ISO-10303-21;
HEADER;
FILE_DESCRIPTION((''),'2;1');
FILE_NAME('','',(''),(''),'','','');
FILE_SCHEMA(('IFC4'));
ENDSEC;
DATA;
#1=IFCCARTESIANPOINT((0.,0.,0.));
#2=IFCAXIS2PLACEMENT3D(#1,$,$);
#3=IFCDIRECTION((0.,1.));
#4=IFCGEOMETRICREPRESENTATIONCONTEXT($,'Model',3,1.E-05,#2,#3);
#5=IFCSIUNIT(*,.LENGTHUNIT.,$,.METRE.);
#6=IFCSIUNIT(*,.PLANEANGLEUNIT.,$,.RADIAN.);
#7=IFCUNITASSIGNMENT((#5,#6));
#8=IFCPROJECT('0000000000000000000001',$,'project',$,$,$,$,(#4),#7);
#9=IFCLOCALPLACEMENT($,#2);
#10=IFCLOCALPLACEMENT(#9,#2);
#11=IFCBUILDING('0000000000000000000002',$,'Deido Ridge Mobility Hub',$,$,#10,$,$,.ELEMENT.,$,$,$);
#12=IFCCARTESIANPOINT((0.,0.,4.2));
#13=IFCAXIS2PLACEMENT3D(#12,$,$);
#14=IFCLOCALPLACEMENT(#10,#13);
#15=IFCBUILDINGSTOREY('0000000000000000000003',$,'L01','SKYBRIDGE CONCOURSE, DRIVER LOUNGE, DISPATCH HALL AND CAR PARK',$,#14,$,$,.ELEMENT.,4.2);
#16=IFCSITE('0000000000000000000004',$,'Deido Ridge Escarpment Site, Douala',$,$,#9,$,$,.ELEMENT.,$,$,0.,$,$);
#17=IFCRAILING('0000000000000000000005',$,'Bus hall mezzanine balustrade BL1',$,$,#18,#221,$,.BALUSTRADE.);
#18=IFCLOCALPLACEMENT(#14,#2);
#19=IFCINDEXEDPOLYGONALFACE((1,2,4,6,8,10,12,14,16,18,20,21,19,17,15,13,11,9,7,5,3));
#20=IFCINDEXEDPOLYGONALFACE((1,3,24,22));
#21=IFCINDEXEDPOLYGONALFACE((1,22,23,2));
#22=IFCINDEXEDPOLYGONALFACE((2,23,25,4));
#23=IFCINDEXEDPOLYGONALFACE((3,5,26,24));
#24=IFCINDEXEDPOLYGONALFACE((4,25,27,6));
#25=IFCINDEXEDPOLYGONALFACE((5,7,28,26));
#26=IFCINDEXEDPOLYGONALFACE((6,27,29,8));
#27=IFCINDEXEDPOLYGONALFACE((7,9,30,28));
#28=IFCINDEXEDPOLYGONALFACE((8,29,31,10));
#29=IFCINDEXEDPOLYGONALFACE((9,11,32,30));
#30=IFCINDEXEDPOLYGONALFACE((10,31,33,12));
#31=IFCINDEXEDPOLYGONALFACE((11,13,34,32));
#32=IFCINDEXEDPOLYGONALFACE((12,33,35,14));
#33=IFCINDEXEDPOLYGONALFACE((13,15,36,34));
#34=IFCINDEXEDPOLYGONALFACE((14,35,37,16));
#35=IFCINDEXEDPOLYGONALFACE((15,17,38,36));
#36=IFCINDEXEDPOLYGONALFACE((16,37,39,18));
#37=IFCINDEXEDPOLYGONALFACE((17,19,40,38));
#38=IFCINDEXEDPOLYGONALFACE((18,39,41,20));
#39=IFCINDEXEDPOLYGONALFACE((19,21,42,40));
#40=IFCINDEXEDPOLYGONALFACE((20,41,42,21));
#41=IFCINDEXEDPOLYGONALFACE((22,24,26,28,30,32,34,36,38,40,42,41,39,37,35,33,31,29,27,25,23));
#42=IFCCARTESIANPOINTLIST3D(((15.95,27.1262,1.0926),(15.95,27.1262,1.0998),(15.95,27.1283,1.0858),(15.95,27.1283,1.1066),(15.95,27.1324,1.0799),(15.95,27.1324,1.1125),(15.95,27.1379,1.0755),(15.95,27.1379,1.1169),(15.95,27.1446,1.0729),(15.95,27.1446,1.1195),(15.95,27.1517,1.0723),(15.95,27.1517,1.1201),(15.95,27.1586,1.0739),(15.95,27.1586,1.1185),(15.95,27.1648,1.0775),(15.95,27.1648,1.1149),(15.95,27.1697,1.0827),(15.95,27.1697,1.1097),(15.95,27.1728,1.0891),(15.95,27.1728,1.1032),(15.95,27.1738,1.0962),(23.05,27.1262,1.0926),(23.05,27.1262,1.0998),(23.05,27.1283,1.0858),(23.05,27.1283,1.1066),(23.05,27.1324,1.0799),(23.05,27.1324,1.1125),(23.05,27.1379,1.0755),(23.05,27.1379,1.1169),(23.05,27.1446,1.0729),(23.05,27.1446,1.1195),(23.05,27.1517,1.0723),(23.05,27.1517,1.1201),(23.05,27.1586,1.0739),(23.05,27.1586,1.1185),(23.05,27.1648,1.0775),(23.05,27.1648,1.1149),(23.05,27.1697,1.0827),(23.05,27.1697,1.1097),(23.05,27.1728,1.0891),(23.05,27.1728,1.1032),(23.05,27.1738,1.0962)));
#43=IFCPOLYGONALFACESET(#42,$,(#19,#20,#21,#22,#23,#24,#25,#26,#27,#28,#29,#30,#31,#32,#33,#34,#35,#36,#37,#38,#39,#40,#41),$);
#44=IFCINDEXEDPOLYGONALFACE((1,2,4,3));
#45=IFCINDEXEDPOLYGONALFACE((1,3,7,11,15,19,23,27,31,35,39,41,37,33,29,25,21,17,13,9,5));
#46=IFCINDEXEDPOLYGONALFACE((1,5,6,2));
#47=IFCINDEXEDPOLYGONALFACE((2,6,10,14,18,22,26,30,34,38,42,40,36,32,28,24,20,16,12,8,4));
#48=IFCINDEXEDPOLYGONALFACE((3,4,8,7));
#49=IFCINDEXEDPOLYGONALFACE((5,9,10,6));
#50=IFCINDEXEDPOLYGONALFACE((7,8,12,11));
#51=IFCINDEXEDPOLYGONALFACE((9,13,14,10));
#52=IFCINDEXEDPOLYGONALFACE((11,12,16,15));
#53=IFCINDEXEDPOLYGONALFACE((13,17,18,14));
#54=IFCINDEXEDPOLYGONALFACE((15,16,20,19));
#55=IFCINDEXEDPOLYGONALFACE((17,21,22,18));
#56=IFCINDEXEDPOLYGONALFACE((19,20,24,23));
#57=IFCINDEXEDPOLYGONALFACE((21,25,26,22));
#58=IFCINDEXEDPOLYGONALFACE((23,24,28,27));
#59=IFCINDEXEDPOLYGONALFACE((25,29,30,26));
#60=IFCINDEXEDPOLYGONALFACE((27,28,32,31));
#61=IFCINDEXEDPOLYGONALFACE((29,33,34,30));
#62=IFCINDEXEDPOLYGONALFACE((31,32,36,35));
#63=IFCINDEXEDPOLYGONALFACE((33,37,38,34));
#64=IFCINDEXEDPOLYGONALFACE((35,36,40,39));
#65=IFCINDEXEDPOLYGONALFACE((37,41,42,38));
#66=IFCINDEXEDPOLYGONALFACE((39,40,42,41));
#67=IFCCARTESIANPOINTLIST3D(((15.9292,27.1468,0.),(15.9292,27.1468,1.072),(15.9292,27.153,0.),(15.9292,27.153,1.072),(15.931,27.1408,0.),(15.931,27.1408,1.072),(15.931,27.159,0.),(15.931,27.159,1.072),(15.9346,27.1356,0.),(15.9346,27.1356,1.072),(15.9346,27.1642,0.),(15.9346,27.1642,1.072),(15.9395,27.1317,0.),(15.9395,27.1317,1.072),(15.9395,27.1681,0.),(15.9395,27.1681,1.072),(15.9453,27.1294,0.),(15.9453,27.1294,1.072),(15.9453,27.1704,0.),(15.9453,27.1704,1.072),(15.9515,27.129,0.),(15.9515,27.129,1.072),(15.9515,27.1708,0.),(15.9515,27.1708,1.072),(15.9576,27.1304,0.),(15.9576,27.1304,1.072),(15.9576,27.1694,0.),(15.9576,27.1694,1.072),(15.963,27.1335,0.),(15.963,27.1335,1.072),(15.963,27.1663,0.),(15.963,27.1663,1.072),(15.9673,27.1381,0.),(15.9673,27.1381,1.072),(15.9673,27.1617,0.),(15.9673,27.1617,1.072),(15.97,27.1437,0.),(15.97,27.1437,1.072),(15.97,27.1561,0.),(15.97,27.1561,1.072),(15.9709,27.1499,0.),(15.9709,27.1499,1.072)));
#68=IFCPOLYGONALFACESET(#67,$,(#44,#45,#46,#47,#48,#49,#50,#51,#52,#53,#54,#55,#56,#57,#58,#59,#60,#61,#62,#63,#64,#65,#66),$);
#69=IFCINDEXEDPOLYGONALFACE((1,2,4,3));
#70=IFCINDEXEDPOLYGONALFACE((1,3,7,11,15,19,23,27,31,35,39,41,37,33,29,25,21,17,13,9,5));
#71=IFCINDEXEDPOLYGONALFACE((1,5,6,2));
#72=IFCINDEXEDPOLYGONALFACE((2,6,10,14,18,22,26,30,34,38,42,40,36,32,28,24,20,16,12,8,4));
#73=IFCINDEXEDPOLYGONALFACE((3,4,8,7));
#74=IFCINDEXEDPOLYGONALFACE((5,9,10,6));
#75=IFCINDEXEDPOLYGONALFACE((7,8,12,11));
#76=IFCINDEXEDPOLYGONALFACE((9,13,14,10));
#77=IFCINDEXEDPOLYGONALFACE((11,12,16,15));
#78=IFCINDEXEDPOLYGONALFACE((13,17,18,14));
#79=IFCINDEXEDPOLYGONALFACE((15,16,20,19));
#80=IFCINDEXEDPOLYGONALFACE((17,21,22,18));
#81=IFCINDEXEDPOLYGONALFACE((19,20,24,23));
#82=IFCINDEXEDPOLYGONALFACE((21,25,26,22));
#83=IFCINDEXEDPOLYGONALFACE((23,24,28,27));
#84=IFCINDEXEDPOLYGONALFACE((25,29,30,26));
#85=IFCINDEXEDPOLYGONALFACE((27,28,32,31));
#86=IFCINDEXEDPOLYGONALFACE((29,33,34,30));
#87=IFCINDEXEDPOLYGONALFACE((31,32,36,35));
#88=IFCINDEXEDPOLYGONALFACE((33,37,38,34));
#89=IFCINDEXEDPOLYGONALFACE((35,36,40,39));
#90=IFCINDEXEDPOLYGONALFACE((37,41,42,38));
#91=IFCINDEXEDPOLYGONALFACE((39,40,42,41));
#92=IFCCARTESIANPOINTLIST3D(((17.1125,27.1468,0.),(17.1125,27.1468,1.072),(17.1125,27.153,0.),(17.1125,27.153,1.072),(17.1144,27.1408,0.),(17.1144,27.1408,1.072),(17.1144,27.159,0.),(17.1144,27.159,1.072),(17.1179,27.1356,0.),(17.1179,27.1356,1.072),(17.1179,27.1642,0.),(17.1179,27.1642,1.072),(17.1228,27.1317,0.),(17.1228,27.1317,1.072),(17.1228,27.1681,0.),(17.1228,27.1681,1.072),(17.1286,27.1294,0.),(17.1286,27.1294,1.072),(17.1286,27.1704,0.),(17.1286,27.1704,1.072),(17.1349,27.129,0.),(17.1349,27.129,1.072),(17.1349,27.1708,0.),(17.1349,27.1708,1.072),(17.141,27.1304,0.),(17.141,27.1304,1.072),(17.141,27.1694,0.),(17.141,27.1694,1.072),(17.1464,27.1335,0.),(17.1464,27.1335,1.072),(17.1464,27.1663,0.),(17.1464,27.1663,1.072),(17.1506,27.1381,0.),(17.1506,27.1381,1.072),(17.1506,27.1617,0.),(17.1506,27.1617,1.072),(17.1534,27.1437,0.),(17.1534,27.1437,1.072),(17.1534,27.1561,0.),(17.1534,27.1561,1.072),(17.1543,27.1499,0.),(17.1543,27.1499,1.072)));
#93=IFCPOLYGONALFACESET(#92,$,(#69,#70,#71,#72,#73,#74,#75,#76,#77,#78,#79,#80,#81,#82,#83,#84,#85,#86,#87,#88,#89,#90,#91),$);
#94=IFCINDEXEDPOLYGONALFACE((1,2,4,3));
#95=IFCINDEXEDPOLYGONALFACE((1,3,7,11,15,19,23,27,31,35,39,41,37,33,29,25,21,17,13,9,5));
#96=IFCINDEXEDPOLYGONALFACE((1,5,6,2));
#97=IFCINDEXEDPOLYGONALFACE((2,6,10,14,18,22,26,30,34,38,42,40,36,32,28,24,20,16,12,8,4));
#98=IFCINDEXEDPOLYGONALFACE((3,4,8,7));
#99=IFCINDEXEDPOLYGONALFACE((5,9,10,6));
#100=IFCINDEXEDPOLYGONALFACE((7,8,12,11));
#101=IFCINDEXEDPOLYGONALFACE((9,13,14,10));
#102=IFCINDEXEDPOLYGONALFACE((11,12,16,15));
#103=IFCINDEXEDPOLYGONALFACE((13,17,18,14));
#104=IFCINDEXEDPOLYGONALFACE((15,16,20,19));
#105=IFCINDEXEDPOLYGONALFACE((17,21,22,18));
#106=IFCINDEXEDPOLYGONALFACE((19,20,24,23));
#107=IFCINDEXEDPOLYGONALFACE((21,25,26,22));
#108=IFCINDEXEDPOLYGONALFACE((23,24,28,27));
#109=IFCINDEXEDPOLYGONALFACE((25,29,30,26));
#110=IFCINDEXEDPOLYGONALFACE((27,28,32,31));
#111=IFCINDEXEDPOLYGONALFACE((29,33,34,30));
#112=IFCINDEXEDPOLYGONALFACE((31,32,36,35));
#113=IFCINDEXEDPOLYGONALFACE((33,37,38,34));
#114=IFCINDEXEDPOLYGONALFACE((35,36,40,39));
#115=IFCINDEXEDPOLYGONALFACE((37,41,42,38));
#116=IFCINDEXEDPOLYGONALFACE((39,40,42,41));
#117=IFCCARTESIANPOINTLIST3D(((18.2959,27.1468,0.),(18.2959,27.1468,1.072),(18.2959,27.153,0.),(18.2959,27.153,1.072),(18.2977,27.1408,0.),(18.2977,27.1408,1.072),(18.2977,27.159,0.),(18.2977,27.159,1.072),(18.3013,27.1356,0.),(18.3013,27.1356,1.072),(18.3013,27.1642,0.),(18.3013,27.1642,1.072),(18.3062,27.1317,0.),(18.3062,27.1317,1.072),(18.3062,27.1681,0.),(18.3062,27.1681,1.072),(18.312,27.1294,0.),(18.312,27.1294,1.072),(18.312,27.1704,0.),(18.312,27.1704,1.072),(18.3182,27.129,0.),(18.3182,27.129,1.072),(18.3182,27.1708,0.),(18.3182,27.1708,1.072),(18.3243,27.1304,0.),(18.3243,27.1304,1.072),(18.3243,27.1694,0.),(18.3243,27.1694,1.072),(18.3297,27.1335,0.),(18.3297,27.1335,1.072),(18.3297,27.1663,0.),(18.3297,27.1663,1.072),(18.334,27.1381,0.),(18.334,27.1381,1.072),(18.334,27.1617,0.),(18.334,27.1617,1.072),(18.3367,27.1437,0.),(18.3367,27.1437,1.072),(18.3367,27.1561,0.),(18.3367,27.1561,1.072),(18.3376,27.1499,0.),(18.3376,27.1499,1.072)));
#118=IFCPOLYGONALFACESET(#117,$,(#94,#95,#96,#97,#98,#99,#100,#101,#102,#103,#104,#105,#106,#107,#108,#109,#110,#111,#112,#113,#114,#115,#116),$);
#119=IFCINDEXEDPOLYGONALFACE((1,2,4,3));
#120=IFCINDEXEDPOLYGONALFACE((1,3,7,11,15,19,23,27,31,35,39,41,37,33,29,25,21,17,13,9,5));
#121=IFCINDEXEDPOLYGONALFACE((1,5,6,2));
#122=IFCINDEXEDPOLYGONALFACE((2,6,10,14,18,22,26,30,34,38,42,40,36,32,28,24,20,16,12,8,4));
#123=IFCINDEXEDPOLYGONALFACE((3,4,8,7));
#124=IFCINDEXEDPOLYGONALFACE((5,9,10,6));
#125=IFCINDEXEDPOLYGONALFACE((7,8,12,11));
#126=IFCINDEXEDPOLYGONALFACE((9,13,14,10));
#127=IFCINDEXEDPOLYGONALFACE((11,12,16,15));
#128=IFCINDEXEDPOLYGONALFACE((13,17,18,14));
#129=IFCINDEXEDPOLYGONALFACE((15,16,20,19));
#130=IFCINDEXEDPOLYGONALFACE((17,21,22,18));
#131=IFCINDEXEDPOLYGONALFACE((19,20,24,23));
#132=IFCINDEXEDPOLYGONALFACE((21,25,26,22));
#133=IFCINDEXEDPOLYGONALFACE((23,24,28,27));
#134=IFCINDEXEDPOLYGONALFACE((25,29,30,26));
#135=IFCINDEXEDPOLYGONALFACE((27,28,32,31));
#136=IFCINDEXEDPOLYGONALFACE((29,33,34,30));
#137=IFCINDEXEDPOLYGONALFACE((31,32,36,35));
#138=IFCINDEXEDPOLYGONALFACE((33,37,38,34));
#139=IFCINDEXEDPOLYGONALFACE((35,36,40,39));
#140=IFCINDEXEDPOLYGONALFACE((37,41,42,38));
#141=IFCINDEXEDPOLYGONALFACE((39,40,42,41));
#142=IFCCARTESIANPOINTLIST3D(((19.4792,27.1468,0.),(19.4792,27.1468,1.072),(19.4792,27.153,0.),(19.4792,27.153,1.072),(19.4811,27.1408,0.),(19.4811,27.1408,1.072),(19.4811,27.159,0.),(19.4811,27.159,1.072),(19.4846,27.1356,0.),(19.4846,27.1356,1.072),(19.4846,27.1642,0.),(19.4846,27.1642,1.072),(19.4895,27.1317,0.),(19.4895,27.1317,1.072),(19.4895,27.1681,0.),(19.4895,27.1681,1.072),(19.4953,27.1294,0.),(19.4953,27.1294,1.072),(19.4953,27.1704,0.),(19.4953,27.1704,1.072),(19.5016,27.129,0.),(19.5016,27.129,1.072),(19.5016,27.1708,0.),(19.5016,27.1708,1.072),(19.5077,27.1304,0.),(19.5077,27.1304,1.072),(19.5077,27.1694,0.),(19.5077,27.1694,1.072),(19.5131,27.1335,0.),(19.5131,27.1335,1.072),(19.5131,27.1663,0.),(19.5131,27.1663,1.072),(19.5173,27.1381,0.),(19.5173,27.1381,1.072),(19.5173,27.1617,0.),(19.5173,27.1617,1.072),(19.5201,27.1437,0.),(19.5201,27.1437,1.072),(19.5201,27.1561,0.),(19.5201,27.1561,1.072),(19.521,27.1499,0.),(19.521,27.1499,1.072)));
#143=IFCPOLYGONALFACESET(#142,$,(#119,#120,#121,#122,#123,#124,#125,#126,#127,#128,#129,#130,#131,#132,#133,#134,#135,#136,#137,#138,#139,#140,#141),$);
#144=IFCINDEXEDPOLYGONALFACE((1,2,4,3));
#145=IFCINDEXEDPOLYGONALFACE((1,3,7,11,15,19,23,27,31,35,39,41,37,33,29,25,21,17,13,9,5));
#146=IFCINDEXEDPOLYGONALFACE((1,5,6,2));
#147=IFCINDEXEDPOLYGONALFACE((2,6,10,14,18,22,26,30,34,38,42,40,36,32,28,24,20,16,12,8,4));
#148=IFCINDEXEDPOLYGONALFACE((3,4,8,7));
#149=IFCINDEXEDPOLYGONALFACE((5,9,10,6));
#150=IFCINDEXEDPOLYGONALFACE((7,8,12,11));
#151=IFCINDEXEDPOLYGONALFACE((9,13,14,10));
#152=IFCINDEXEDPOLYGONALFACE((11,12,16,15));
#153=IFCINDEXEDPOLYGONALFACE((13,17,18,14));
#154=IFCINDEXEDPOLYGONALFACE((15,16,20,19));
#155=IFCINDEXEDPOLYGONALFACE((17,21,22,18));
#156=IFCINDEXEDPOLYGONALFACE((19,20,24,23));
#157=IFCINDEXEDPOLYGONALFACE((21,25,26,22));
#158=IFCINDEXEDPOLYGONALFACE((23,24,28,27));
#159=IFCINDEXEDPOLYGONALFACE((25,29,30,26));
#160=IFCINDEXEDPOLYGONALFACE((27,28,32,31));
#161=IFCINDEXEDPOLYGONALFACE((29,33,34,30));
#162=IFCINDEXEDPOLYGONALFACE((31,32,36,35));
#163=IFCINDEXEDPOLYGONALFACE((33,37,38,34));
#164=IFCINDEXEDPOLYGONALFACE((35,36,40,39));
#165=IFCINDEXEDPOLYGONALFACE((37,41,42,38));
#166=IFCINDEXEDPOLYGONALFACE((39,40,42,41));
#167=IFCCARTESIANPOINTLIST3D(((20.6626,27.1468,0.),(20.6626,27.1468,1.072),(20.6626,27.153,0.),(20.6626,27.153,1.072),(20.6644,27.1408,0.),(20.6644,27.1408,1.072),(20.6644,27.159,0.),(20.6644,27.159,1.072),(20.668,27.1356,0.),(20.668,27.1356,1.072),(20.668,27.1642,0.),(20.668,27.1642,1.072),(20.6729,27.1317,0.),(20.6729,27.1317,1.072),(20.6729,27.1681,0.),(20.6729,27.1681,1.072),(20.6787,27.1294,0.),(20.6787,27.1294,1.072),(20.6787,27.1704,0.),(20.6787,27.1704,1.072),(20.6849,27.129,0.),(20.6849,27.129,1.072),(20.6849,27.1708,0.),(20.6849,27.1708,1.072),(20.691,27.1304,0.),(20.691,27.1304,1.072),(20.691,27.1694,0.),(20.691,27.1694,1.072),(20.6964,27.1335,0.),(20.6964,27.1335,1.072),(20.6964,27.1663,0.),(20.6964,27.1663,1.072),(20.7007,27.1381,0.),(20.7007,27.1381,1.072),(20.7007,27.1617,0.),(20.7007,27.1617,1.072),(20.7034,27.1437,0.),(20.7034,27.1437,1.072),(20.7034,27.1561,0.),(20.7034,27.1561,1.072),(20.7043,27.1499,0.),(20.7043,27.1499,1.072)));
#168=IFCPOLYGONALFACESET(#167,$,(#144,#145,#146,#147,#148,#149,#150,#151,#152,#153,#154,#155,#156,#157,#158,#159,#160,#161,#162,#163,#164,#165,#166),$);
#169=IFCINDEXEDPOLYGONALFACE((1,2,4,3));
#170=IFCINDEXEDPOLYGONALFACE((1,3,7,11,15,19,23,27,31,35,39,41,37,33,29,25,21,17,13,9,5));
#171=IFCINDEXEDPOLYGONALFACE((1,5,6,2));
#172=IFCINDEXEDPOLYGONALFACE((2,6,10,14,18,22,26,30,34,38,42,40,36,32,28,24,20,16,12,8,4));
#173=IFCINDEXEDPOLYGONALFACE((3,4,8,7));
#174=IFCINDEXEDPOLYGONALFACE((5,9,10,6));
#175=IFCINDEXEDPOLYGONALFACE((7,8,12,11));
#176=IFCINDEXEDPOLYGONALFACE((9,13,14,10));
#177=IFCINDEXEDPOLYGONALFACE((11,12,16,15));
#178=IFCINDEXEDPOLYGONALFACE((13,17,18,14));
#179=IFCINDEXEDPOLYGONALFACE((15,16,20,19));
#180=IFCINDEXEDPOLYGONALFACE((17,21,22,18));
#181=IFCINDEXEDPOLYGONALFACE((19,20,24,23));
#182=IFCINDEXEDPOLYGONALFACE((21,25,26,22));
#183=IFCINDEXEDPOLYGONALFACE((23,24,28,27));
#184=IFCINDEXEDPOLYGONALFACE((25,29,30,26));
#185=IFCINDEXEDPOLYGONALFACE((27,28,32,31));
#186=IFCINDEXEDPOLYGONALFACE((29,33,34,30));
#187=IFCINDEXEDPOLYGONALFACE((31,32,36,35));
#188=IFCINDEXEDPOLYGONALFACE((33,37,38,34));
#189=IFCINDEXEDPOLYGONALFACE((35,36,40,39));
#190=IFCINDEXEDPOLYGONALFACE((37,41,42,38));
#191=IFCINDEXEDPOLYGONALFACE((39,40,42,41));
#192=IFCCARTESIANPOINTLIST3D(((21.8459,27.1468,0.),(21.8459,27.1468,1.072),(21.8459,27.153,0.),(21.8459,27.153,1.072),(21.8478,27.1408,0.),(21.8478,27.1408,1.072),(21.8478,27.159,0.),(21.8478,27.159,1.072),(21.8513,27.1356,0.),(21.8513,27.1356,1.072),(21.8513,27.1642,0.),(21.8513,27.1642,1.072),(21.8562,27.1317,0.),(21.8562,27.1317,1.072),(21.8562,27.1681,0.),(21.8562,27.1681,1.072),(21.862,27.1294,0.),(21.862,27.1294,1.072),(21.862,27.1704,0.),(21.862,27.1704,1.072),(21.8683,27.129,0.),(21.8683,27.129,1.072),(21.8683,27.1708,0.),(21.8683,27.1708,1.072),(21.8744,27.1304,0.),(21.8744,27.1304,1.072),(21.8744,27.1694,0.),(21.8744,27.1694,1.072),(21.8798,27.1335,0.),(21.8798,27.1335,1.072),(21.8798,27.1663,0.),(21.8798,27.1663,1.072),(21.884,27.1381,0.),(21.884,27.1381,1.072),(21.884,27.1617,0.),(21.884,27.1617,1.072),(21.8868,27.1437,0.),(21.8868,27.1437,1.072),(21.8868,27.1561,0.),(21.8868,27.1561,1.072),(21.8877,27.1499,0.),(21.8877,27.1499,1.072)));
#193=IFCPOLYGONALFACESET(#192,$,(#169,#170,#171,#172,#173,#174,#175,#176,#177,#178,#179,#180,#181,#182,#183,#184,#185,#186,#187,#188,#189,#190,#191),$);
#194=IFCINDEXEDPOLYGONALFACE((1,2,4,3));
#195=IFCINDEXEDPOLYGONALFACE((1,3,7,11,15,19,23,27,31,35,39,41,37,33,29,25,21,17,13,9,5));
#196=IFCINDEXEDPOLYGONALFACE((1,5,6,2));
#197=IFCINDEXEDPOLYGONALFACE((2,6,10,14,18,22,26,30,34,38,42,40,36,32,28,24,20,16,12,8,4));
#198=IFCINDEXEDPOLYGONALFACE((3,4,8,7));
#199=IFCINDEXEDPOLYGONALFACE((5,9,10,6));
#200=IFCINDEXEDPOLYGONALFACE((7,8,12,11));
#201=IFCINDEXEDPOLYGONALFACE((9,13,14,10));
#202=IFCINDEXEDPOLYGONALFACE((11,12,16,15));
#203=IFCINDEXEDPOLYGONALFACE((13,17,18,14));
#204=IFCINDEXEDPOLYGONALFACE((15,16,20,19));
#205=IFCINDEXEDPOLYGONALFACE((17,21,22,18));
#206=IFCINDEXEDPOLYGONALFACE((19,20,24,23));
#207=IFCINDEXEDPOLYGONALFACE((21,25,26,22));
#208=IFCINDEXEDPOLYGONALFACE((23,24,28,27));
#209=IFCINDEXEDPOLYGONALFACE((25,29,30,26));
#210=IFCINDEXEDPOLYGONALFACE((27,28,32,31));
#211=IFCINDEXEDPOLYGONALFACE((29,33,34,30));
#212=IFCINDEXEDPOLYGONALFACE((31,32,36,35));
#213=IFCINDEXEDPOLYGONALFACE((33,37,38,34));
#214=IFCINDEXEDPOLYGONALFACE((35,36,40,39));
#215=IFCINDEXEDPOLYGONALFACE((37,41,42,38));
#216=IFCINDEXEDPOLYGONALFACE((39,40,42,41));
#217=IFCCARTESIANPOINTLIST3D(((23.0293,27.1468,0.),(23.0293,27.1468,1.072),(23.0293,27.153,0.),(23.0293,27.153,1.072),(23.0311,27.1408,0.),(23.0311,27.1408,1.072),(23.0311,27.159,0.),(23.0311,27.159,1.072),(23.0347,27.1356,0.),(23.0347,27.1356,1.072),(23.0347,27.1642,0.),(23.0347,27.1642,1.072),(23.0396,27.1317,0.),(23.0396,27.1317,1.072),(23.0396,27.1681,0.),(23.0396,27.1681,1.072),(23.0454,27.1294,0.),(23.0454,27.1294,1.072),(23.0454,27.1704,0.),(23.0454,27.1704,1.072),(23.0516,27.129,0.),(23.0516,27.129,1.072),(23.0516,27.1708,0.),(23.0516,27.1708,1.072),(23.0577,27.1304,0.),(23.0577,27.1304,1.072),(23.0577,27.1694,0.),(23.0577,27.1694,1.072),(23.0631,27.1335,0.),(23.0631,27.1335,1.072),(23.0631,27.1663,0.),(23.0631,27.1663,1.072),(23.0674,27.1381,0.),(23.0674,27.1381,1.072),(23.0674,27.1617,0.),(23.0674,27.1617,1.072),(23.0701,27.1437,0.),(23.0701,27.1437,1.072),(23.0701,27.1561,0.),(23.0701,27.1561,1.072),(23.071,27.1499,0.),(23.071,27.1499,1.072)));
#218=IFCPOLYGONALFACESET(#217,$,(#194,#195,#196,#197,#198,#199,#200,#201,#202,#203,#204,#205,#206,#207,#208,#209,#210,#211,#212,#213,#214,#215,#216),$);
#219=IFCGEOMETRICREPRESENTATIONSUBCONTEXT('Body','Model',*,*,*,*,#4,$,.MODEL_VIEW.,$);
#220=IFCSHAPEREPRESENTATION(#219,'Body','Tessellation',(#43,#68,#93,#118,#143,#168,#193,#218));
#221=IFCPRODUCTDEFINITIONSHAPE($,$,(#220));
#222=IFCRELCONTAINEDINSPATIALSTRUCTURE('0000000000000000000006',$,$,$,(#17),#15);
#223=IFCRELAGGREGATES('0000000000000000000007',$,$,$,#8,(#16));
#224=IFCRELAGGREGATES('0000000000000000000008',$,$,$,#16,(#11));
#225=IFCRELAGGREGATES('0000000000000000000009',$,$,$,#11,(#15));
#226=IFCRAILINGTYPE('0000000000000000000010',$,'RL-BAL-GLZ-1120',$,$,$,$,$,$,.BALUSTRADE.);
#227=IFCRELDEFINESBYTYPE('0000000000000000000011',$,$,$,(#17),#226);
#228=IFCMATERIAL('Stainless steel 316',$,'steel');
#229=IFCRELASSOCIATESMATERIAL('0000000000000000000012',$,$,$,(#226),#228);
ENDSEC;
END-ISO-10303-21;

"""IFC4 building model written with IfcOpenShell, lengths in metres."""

from ifc_helpers import new_model, si_unit, direction, frame, origin, origin_2d, place, context, subcontext, project, spatial, circle, extrude, material, type_object, element, save


model = new_model("IFC4")

# Units and contexts
model_context = context("Model", 3, precision=1e-05, world=origin(), true_north=direction((0.0, 1.0)))
body_context = subcontext(model_context, "Body", "Model", "MODEL_VIEW")
ifc_project = project(units=[si_unit("LENGTHUNIT", "METRE"), si_unit("PLANEANGLEUNIT", "RADIAN")], contexts=[model_context])

# Site, building, storey
site_placement = place(None, origin())
site = spatial("IfcSite", under=ifc_project, at=site_placement, Name="Deido Ridge Escarpment Site, Douala", CompositionType="ELEMENT", RefElevation=0.0)
building_placement = place(site_placement, origin())
building = spatial("IfcBuilding", under=site, at=building_placement, Name="Deido Ridge Mobility Hub", CompositionType="ELEMENT")
storey_placement = place(building_placement, frame((0.0, 0.0, 4.2)))
storey = spatial("IfcBuildingStorey", under=building, at=storey_placement, Name="L01", Description="SKYBRIDGE CONCOURSE, DRIVER LOUNGE, DISPATCH HALL AND CAR PARK", CompositionType="ELEMENT", Elevation=4.2)

# Railing
ifc_material_1 = material(Name="Stainless steel 316", Category="steel")
railing_type = type_object("IfcRailingType", Name="RL-BAL-GLZ-1120", PredefinedType="BALUSTRADE", material=ifc_material_1)
railing_placement = place(storey_placement, frame((15.95, 27.1499, 0.0)))
element("IfcRailing", 1, at=railing_placement, inside=storey, type_object=railing_type, Name="Bus hall mezzanine balustrade BL1", PredefinedType="BALUSTRADE", context=body_context, shape_type="SweptSolid", body=[
    extrude(circle(Radius=0.0239, at=origin_2d()), frame((0.0, 0.0, 1.0962), z_axis=(1.0, 0.0, 0.0), x_axis=(0.0, 1.0, 0.0)), (0.0, 0.0, 1.0), 7.1001),
    extrude(circle(Radius=0.021, at=origin_2d()), origin(), (0.0, 0.0, 1.0), 1.072),
    extrude(circle(Radius=0.021, at=origin_2d()), frame((1.1833, 0.0, 0.0)), (0.0, 0.0, 1.0), 1.072),
    extrude(circle(Radius=0.021, at=origin_2d()), frame((2.3667, 0.0, 0.0)), (0.0, 0.0, 1.0), 1.072),
    extrude(circle(Radius=0.021, at=origin_2d()), frame((3.55, 0.0, 0.0)), (0.0, 0.0, 1.0), 1.072),
    extrude(circle(Radius=0.021, at=origin_2d()), frame((4.7334, 0.0, 0.0)), (0.0, 0.0, 1.0), 1.072),
    extrude(circle(Radius=0.021, at=origin_2d()), frame((5.9167, 0.0, 0.0)), (0.0, 0.0, 1.0), 1.072),
    extrude(circle(Radius=0.021, at=origin_2d()), frame((7.1001, 0.0, 0.0)), (0.0, 0.0, 1.0), 1.072),
])

save(model, "model.ifc")
